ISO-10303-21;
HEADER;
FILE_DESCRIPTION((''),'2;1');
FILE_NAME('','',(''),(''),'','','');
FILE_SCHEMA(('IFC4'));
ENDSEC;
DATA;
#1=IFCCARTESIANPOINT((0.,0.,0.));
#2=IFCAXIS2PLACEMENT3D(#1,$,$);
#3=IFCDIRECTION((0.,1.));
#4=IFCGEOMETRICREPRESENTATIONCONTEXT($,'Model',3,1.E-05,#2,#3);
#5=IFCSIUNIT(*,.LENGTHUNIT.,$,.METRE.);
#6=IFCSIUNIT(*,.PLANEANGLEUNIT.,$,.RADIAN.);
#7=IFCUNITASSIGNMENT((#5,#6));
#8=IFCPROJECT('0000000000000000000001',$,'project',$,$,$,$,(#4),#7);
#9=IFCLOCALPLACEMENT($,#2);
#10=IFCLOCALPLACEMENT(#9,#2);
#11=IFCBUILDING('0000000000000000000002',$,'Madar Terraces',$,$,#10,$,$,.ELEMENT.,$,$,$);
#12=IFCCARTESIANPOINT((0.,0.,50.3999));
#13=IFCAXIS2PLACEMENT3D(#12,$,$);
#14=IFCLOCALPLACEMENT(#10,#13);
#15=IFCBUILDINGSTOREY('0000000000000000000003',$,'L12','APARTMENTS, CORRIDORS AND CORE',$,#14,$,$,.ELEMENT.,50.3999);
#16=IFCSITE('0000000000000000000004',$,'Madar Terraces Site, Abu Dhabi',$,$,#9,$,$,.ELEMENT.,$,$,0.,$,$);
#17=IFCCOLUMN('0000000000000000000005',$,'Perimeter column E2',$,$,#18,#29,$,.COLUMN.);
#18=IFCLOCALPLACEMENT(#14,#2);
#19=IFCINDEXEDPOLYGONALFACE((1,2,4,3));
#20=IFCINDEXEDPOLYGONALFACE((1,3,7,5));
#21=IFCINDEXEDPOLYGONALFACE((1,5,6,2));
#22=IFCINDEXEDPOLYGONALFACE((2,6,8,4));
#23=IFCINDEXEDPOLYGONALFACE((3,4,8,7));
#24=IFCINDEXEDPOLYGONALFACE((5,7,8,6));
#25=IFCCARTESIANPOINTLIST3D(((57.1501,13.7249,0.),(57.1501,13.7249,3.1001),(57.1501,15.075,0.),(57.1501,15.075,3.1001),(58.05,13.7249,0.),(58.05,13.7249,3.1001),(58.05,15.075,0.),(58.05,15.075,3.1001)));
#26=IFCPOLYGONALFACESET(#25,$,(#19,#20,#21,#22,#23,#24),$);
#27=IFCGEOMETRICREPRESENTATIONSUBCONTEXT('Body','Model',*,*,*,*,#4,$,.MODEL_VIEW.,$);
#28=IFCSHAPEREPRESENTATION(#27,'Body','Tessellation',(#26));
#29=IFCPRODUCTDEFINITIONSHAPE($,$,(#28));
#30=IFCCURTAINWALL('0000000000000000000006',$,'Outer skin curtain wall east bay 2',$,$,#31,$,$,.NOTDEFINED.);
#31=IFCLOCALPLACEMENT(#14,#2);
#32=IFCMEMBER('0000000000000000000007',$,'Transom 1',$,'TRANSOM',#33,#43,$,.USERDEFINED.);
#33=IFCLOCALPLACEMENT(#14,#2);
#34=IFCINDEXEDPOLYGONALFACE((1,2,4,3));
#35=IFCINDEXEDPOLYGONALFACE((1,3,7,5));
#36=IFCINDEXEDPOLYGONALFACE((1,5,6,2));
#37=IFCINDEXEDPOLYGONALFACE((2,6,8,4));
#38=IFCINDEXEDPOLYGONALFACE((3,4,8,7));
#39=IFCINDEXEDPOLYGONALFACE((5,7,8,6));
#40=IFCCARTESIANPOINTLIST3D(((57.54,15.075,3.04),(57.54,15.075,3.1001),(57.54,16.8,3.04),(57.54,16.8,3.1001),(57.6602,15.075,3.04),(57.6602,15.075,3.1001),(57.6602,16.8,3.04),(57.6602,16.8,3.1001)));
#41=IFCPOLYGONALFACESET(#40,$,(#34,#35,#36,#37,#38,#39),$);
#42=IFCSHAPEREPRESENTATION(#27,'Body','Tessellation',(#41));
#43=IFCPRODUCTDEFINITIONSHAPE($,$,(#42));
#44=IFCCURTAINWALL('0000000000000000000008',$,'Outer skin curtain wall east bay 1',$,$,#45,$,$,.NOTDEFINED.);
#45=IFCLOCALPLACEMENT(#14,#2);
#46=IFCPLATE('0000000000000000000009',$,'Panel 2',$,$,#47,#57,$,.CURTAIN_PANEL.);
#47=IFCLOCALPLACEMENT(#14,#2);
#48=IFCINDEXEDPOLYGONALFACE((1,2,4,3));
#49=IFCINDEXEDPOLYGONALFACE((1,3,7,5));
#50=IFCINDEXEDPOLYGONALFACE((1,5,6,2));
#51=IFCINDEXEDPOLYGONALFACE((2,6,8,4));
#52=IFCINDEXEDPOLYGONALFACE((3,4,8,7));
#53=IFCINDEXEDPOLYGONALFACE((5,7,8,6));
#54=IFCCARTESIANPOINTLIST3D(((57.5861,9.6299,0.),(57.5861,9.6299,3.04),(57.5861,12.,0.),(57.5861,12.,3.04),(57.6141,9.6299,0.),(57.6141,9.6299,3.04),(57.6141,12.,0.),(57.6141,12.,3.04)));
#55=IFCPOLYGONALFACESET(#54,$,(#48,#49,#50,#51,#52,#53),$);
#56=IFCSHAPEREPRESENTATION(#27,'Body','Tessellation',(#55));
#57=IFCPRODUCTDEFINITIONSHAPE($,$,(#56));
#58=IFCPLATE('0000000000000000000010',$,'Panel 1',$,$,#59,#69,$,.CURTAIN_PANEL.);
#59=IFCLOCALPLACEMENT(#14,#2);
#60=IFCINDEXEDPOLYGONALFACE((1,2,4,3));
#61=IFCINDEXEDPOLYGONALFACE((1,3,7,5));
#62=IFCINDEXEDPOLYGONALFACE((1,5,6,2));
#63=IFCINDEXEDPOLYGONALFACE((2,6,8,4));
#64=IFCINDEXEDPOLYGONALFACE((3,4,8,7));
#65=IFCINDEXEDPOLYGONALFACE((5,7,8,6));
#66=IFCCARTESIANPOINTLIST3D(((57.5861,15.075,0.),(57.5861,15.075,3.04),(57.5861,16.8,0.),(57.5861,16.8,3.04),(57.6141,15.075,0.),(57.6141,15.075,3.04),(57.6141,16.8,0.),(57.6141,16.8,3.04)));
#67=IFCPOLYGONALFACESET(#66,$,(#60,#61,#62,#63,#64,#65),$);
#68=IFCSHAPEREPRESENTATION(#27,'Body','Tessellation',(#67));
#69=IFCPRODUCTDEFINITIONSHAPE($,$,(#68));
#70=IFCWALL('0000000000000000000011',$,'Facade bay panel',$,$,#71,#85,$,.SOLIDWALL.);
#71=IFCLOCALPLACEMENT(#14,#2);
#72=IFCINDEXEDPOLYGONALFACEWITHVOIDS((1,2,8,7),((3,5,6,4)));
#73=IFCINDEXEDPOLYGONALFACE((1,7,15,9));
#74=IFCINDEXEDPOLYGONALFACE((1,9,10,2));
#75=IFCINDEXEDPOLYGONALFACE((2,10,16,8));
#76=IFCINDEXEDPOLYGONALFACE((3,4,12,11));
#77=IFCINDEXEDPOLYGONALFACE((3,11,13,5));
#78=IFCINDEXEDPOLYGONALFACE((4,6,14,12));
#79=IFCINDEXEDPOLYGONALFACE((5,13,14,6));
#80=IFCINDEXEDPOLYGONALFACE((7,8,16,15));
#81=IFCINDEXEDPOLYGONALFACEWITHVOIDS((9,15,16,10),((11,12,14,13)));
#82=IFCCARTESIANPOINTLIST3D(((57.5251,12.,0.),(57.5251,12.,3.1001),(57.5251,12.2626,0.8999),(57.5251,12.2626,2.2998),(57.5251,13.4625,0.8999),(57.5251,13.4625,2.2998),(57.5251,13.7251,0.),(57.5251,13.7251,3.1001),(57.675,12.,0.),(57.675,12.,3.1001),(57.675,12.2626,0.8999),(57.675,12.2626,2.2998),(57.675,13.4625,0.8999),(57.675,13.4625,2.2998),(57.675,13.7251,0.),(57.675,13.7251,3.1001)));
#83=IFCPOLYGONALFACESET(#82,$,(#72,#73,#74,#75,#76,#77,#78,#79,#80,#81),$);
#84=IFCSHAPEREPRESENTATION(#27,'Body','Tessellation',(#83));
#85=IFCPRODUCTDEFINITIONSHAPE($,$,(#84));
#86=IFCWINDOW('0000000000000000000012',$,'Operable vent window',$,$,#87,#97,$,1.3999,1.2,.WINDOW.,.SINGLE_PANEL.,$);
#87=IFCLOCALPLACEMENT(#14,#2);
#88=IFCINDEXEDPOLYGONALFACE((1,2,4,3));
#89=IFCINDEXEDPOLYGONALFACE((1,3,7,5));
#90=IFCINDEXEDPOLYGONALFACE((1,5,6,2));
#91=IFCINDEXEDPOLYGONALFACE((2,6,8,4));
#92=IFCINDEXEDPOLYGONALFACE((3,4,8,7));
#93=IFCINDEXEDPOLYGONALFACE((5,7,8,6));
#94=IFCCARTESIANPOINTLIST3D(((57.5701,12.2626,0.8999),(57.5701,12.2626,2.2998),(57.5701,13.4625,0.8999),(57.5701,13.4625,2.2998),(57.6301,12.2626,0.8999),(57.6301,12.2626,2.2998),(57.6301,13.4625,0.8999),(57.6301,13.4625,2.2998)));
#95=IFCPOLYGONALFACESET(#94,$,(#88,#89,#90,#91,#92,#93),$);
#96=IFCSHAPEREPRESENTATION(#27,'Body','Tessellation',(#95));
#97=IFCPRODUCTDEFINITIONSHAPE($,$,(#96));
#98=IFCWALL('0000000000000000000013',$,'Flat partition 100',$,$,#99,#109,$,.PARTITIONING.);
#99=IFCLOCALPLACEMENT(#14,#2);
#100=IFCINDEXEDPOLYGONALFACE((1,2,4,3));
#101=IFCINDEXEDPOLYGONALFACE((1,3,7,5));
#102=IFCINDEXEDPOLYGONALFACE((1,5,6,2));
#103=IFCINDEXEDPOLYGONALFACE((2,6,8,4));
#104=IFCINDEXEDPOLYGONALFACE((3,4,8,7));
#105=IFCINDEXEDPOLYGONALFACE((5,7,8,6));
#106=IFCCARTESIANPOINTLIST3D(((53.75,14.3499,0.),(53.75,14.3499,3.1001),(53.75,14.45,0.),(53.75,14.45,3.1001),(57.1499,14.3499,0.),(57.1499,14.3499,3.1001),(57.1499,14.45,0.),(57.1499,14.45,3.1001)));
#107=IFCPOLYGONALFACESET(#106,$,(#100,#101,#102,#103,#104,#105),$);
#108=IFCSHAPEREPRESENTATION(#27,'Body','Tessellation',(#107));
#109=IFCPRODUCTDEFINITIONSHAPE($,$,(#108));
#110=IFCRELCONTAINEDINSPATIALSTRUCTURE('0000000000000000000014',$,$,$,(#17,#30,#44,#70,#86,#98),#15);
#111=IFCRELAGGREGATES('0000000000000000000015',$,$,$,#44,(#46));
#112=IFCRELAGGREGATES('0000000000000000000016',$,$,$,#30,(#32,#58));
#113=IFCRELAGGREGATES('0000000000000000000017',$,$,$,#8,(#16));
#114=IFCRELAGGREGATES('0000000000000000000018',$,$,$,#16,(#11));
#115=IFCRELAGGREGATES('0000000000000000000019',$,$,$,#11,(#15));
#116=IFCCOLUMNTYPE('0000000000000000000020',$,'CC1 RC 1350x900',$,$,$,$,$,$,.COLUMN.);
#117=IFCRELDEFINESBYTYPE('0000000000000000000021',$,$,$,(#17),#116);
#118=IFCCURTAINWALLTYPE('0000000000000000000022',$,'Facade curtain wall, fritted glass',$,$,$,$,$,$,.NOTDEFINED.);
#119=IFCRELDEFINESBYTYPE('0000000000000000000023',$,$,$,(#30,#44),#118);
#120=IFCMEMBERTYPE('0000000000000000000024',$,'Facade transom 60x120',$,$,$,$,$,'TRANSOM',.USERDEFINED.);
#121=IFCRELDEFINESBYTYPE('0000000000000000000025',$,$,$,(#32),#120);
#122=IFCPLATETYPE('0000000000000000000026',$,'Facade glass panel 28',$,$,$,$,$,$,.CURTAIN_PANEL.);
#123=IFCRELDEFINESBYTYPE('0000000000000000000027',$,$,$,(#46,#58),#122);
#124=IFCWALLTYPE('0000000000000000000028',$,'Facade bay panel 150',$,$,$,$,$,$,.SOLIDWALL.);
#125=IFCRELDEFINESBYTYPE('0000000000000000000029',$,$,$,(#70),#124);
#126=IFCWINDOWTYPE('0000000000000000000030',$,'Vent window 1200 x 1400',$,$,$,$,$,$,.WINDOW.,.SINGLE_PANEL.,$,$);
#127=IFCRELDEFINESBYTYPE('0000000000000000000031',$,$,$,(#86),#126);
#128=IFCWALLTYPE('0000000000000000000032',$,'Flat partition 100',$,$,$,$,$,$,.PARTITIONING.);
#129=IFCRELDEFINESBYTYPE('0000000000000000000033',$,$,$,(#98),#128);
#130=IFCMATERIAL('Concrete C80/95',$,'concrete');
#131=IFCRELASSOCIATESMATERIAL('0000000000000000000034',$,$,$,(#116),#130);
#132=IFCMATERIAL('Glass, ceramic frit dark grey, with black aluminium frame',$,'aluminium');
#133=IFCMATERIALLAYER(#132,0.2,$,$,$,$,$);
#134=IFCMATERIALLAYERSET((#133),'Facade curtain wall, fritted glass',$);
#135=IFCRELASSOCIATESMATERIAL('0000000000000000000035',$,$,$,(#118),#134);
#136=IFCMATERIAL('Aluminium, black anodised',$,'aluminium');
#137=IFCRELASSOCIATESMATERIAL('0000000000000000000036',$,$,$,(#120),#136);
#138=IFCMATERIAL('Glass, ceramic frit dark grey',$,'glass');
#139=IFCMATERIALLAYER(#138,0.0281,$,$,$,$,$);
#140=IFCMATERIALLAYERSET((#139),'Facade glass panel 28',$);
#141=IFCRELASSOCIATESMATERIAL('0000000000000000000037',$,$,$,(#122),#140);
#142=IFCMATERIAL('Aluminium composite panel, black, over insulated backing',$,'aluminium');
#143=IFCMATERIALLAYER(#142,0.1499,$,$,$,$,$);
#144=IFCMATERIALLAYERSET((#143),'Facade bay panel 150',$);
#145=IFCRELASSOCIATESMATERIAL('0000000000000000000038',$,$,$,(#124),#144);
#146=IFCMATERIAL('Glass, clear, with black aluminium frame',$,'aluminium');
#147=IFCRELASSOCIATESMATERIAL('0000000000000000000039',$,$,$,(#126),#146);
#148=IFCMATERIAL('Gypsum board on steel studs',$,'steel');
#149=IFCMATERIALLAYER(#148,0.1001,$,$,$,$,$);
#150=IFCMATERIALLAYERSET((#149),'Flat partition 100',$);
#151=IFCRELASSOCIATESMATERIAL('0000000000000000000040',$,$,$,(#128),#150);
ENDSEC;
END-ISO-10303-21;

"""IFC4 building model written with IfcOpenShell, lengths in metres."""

from ifc_helpers import new_model, si_unit, direction, frame, frame_2d, origin, origin_2d, place, context, subcontext, project, spatial, rectangle, extrude, material, layer, layer_set, material_profile, profile_set, type_object, element, fill, aggregate, save


model = new_model("IFC4")

# Units and contexts
model_context = context("Model", 3, precision=1e-05, world=origin(), true_north=direction((0.0, 1.0)))
body_context = subcontext(model_context, "Body", "Model", "MODEL_VIEW")
ifc_project = project(units=[si_unit("LENGTHUNIT", "METRE"), si_unit("PLANEANGLEUNIT", "RADIAN")], contexts=[model_context])

# Site, building, storey
site_placement = place(None, origin())
site = spatial("IfcSite", under=ifc_project, at=site_placement, Name="Madar Terraces Site, Abu Dhabi", CompositionType="ELEMENT", RefElevation=0.0)
building_placement = place(site_placement, origin())
building = spatial("IfcBuilding", under=site, at=building_placement, Name="Madar Terraces", CompositionType="ELEMENT")
storey_placement = place(building_placement, frame((0.0, 0.0, 50.3999)))
storey = spatial("IfcBuildingStorey", under=building, at=storey_placement, Name="L12", Description="APARTMENTS, CORRIDORS AND CORE", CompositionType="ELEMENT", Elevation=50.3999)

# Column
ifc_material_1 = material(Name="Concrete C80/95", Category="concrete")
ifc_material_profile_1 = material_profile(ifc_material_1, rectangle(XDim=1.3501, YDim=0.8999, at=origin_2d()), Name="CC1 RC 1350x900")
ifc_profile_set_1 = profile_set([ifc_material_profile_1], Name="Concrete C80/95")
column_type = type_object("IfcColumnType", Name="CC1 RC 1350x900", PredefinedType="COLUMN", material=ifc_profile_set_1)
column_placement = place(storey_placement, frame((57.6001, 14.3999, 0.0), z_axis=(0.0, 0.0, 1.0), x_axis=(0.0, 1.0, 0.0)))
element("IfcColumn", 1, at=column_placement, inside=storey, type_object=column_type, Name="Perimeter column E2", PredefinedType="COLUMN", context=body_context, shape_type="SweptSolid", body=[
    extrude(rectangle(XDim=1.3501, YDim=0.8999, at=origin_2d()), origin(), (0.0, 0.0, 1.0), 3.1001),
])

# Curtain wall, member
ifc_material_2 = material(Name="Glass, ceramic frit dark grey, with black aluminium frame", Category="aluminium")
ifc_layer_1 = layer(ifc_material_2, 0.2)
ifc_layer_set_1 = layer_set([ifc_layer_1], Name="Facade curtain wall, fritted glass")
curtain_wall_type = type_object("IfcCurtainWallType", Name="Facade curtain wall, fritted glass", PredefinedType="NOTDEFINED", material=ifc_layer_set_1)
curtain_wall_1_placement = place(storey_placement, origin())
curtain_wall_1 = element("IfcCurtainWall", 2, at=curtain_wall_1_placement, inside=storey, type_object=curtain_wall_type, Name="Outer skin curtain wall east bay 2", PredefinedType="NOTDEFINED")
ifc_material_3 = material(Name="Aluminium, black anodised", Category="aluminium")
ifc_material_profile_2 = material_profile(ifc_material_3, rectangle(XDim=0.1201, YDim=0.0601, at=origin_2d()), Name="Facade transom 60x120")
ifc_profile_set_2 = profile_set([ifc_material_profile_2], Name="Aluminium, black anodised")
member_type = type_object("IfcMemberType", Name="Facade transom 60x120", ElementType="TRANSOM", PredefinedType="USERDEFINED", material=ifc_profile_set_2)
member_placement = place(storey_placement, frame((57.6001, 15.075, 3.0701), z_axis=(0.0, 1.0, 0.0), x_axis=(-1.0, 0.0, 0.0)))
member = element("IfcMember", 3, at=member_placement, type_object=member_type, Name="Transom 1", ObjectType="TRANSOM", PredefinedType="USERDEFINED", context=body_context, shape_type="SweptSolid", body=[
    extrude(rectangle(XDim=0.1201, YDim=0.0601, at=origin_2d()), origin(), (0.0, 0.0, 1.0), 1.7251),
])

# Curtain wall, plate
curtain_wall_2_placement = place(storey_placement, origin())
curtain_wall_2 = element("IfcCurtainWall", 4, at=curtain_wall_2_placement, inside=storey, type_object=curtain_wall_type, Name="Outer skin curtain wall east bay 1", PredefinedType="NOTDEFINED")
ifc_material_4 = material(Name="Glass, ceramic frit dark grey", Category="glass")
ifc_layer_2 = layer(ifc_material_4, 0.0281)
ifc_layer_set_2 = layer_set([ifc_layer_2], Name="Facade glass panel 28")
plate_type = type_object("IfcPlateType", Name="Facade glass panel 28", PredefinedType="CURTAIN_PANEL", material=ifc_layer_set_2)
plate_1_placement = place(storey_placement, frame((57.6001, 10.8149, 0.0), z_axis=(0.0, 0.0, 1.0), x_axis=(0.0, 1.0, 0.0)))
plate_1 = element("IfcPlate", 5, at=plate_1_placement, type_object=plate_type, Name="Panel 2", PredefinedType="CURTAIN_PANEL", context=body_context, shape_type="SweptSolid", body=[
    extrude(rectangle(XDim=2.3701, YDim=0.0281, at=origin_2d()), origin(), (0.0, 0.0, 1.0), 3.04),
])
aggregate(curtain_wall_2, [plate_1])

# Plate
plate_2_placement = place(storey_placement, frame((57.6001, 15.9375, 0.0), z_axis=(0.0, 0.0, 1.0), x_axis=(0.0, 1.0, 0.0)))
plate_2 = element("IfcPlate", 6, at=plate_2_placement, type_object=plate_type, Name="Panel 1", PredefinedType="CURTAIN_PANEL", context=body_context, shape_type="SweptSolid", body=[
    extrude(rectangle(XDim=1.7251, YDim=0.0281, at=origin_2d()), origin(), (0.0, 0.0, 1.0), 3.04),
])
aggregate(curtain_wall_1, [member, plate_2])

# Wall, opening, window
ifc_material_5 = material(Name="Aluminium composite panel, black, over insulated backing", Category="aluminium")
ifc_layer_3 = layer(ifc_material_5, 0.1499)
ifc_layer_set_3 = layer_set([ifc_layer_3], Name="Facade bay panel 150")
wall_type_1 = type_object("IfcWallType", Name="Facade bay panel 150", PredefinedType="SOLIDWALL", material=ifc_layer_set_3)
wall_1_placement = place(storey_placement, frame((57.6001, 12.0, 0.0), z_axis=(0.0, 0.0, 1.0), x_axis=(0.0, 1.0, 0.0)))
wall_1 = element("IfcWall", 7, at=wall_1_placement, inside=storey, type_object=wall_type_1, Name="Facade bay panel", PredefinedType="SOLIDWALL", context=body_context, shape_type="SweptSolid", body=[
    extrude(rectangle(XDim=1.7251, YDim=0.1499, at=frame_2d((0.8625, 0.0))), origin(), (0.0, 0.0, 1.0), 3.1001),
])
opening_1_placement = place(wall_1_placement, frame((0.2625, 0.0, 0.8999)))
opening_1 = element("IfcOpeningElement", 8, at=opening_1_placement, cuts=wall_1, PredefinedType="OPENING", context=body_context, shape_type="SweptSolid", body=[
    extrude(rectangle(XDim=1.2, YDim=1.3999, at=frame_2d((0.6001, 0.7))), frame((0.0, 0.085, 0.0), z_axis=(0.0, -1.0, 0.0), x_axis=(1.0, 0.0, 0.0)), (0.0, 0.0, 1.0), 0.1699),
])
ifc_material_6 = material(Name="Glass, clear, with black aluminium frame", Category="aluminium")
window_type = type_object("IfcWindowType", Name="Vent window 1200 x 1400", PartitioningType="SINGLE_PANEL", PredefinedType="WINDOW", material=ifc_material_6)
window_placement = place(opening_1_placement, origin())
window = element("IfcWindow", 9, at=window_placement, inside=storey, type_object=window_type, Name="Operable vent window", OverallHeight=1.3999, OverallWidth=1.2, PartitioningType="SINGLE_PANEL", PredefinedType="WINDOW", context=body_context, shape_type="SweptSolid", body=[
    extrude(rectangle(XDim=1.2, YDim=1.3999, at=frame_2d((0.6001, 0.7))), frame((0.0, 0.03, 0.0), z_axis=(0.0, -1.0, 0.0), x_axis=(1.0, 0.0, 0.0)), (0.0, 0.0, 1.0), 0.0601),
])
fill(opening_1, window)

# Wall
ifc_material_7 = material(Name="Gypsum board on steel studs", Category="steel")
ifc_layer_4 = layer(ifc_material_7, 0.1001)
ifc_layer_set_4 = layer_set([ifc_layer_4], Name="Flat partition 100")
wall_type_2 = type_object("IfcWallType", Name="Flat partition 100", PredefinedType="PARTITIONING", material=ifc_layer_set_4)
wall_2_placement = place(storey_placement, frame((53.75, 14.3999, 0.0), z_axis=(0.0, 0.0, 1.0), x_axis=(1.0, 0.0, 0.0)))
element("IfcWall", 10, at=wall_2_placement, inside=storey, type_object=wall_type_2, Name="Flat partition 100", PredefinedType="PARTITIONING", context=body_context, shape_type="SweptSolid", body=[
    extrude(rectangle(XDim=3.3999, YDim=0.1001, at=frame_2d((1.7, 0.0))), origin(), (0.0, 0.0, 1.0), 3.1001),
])

save(model, "model.ifc")
